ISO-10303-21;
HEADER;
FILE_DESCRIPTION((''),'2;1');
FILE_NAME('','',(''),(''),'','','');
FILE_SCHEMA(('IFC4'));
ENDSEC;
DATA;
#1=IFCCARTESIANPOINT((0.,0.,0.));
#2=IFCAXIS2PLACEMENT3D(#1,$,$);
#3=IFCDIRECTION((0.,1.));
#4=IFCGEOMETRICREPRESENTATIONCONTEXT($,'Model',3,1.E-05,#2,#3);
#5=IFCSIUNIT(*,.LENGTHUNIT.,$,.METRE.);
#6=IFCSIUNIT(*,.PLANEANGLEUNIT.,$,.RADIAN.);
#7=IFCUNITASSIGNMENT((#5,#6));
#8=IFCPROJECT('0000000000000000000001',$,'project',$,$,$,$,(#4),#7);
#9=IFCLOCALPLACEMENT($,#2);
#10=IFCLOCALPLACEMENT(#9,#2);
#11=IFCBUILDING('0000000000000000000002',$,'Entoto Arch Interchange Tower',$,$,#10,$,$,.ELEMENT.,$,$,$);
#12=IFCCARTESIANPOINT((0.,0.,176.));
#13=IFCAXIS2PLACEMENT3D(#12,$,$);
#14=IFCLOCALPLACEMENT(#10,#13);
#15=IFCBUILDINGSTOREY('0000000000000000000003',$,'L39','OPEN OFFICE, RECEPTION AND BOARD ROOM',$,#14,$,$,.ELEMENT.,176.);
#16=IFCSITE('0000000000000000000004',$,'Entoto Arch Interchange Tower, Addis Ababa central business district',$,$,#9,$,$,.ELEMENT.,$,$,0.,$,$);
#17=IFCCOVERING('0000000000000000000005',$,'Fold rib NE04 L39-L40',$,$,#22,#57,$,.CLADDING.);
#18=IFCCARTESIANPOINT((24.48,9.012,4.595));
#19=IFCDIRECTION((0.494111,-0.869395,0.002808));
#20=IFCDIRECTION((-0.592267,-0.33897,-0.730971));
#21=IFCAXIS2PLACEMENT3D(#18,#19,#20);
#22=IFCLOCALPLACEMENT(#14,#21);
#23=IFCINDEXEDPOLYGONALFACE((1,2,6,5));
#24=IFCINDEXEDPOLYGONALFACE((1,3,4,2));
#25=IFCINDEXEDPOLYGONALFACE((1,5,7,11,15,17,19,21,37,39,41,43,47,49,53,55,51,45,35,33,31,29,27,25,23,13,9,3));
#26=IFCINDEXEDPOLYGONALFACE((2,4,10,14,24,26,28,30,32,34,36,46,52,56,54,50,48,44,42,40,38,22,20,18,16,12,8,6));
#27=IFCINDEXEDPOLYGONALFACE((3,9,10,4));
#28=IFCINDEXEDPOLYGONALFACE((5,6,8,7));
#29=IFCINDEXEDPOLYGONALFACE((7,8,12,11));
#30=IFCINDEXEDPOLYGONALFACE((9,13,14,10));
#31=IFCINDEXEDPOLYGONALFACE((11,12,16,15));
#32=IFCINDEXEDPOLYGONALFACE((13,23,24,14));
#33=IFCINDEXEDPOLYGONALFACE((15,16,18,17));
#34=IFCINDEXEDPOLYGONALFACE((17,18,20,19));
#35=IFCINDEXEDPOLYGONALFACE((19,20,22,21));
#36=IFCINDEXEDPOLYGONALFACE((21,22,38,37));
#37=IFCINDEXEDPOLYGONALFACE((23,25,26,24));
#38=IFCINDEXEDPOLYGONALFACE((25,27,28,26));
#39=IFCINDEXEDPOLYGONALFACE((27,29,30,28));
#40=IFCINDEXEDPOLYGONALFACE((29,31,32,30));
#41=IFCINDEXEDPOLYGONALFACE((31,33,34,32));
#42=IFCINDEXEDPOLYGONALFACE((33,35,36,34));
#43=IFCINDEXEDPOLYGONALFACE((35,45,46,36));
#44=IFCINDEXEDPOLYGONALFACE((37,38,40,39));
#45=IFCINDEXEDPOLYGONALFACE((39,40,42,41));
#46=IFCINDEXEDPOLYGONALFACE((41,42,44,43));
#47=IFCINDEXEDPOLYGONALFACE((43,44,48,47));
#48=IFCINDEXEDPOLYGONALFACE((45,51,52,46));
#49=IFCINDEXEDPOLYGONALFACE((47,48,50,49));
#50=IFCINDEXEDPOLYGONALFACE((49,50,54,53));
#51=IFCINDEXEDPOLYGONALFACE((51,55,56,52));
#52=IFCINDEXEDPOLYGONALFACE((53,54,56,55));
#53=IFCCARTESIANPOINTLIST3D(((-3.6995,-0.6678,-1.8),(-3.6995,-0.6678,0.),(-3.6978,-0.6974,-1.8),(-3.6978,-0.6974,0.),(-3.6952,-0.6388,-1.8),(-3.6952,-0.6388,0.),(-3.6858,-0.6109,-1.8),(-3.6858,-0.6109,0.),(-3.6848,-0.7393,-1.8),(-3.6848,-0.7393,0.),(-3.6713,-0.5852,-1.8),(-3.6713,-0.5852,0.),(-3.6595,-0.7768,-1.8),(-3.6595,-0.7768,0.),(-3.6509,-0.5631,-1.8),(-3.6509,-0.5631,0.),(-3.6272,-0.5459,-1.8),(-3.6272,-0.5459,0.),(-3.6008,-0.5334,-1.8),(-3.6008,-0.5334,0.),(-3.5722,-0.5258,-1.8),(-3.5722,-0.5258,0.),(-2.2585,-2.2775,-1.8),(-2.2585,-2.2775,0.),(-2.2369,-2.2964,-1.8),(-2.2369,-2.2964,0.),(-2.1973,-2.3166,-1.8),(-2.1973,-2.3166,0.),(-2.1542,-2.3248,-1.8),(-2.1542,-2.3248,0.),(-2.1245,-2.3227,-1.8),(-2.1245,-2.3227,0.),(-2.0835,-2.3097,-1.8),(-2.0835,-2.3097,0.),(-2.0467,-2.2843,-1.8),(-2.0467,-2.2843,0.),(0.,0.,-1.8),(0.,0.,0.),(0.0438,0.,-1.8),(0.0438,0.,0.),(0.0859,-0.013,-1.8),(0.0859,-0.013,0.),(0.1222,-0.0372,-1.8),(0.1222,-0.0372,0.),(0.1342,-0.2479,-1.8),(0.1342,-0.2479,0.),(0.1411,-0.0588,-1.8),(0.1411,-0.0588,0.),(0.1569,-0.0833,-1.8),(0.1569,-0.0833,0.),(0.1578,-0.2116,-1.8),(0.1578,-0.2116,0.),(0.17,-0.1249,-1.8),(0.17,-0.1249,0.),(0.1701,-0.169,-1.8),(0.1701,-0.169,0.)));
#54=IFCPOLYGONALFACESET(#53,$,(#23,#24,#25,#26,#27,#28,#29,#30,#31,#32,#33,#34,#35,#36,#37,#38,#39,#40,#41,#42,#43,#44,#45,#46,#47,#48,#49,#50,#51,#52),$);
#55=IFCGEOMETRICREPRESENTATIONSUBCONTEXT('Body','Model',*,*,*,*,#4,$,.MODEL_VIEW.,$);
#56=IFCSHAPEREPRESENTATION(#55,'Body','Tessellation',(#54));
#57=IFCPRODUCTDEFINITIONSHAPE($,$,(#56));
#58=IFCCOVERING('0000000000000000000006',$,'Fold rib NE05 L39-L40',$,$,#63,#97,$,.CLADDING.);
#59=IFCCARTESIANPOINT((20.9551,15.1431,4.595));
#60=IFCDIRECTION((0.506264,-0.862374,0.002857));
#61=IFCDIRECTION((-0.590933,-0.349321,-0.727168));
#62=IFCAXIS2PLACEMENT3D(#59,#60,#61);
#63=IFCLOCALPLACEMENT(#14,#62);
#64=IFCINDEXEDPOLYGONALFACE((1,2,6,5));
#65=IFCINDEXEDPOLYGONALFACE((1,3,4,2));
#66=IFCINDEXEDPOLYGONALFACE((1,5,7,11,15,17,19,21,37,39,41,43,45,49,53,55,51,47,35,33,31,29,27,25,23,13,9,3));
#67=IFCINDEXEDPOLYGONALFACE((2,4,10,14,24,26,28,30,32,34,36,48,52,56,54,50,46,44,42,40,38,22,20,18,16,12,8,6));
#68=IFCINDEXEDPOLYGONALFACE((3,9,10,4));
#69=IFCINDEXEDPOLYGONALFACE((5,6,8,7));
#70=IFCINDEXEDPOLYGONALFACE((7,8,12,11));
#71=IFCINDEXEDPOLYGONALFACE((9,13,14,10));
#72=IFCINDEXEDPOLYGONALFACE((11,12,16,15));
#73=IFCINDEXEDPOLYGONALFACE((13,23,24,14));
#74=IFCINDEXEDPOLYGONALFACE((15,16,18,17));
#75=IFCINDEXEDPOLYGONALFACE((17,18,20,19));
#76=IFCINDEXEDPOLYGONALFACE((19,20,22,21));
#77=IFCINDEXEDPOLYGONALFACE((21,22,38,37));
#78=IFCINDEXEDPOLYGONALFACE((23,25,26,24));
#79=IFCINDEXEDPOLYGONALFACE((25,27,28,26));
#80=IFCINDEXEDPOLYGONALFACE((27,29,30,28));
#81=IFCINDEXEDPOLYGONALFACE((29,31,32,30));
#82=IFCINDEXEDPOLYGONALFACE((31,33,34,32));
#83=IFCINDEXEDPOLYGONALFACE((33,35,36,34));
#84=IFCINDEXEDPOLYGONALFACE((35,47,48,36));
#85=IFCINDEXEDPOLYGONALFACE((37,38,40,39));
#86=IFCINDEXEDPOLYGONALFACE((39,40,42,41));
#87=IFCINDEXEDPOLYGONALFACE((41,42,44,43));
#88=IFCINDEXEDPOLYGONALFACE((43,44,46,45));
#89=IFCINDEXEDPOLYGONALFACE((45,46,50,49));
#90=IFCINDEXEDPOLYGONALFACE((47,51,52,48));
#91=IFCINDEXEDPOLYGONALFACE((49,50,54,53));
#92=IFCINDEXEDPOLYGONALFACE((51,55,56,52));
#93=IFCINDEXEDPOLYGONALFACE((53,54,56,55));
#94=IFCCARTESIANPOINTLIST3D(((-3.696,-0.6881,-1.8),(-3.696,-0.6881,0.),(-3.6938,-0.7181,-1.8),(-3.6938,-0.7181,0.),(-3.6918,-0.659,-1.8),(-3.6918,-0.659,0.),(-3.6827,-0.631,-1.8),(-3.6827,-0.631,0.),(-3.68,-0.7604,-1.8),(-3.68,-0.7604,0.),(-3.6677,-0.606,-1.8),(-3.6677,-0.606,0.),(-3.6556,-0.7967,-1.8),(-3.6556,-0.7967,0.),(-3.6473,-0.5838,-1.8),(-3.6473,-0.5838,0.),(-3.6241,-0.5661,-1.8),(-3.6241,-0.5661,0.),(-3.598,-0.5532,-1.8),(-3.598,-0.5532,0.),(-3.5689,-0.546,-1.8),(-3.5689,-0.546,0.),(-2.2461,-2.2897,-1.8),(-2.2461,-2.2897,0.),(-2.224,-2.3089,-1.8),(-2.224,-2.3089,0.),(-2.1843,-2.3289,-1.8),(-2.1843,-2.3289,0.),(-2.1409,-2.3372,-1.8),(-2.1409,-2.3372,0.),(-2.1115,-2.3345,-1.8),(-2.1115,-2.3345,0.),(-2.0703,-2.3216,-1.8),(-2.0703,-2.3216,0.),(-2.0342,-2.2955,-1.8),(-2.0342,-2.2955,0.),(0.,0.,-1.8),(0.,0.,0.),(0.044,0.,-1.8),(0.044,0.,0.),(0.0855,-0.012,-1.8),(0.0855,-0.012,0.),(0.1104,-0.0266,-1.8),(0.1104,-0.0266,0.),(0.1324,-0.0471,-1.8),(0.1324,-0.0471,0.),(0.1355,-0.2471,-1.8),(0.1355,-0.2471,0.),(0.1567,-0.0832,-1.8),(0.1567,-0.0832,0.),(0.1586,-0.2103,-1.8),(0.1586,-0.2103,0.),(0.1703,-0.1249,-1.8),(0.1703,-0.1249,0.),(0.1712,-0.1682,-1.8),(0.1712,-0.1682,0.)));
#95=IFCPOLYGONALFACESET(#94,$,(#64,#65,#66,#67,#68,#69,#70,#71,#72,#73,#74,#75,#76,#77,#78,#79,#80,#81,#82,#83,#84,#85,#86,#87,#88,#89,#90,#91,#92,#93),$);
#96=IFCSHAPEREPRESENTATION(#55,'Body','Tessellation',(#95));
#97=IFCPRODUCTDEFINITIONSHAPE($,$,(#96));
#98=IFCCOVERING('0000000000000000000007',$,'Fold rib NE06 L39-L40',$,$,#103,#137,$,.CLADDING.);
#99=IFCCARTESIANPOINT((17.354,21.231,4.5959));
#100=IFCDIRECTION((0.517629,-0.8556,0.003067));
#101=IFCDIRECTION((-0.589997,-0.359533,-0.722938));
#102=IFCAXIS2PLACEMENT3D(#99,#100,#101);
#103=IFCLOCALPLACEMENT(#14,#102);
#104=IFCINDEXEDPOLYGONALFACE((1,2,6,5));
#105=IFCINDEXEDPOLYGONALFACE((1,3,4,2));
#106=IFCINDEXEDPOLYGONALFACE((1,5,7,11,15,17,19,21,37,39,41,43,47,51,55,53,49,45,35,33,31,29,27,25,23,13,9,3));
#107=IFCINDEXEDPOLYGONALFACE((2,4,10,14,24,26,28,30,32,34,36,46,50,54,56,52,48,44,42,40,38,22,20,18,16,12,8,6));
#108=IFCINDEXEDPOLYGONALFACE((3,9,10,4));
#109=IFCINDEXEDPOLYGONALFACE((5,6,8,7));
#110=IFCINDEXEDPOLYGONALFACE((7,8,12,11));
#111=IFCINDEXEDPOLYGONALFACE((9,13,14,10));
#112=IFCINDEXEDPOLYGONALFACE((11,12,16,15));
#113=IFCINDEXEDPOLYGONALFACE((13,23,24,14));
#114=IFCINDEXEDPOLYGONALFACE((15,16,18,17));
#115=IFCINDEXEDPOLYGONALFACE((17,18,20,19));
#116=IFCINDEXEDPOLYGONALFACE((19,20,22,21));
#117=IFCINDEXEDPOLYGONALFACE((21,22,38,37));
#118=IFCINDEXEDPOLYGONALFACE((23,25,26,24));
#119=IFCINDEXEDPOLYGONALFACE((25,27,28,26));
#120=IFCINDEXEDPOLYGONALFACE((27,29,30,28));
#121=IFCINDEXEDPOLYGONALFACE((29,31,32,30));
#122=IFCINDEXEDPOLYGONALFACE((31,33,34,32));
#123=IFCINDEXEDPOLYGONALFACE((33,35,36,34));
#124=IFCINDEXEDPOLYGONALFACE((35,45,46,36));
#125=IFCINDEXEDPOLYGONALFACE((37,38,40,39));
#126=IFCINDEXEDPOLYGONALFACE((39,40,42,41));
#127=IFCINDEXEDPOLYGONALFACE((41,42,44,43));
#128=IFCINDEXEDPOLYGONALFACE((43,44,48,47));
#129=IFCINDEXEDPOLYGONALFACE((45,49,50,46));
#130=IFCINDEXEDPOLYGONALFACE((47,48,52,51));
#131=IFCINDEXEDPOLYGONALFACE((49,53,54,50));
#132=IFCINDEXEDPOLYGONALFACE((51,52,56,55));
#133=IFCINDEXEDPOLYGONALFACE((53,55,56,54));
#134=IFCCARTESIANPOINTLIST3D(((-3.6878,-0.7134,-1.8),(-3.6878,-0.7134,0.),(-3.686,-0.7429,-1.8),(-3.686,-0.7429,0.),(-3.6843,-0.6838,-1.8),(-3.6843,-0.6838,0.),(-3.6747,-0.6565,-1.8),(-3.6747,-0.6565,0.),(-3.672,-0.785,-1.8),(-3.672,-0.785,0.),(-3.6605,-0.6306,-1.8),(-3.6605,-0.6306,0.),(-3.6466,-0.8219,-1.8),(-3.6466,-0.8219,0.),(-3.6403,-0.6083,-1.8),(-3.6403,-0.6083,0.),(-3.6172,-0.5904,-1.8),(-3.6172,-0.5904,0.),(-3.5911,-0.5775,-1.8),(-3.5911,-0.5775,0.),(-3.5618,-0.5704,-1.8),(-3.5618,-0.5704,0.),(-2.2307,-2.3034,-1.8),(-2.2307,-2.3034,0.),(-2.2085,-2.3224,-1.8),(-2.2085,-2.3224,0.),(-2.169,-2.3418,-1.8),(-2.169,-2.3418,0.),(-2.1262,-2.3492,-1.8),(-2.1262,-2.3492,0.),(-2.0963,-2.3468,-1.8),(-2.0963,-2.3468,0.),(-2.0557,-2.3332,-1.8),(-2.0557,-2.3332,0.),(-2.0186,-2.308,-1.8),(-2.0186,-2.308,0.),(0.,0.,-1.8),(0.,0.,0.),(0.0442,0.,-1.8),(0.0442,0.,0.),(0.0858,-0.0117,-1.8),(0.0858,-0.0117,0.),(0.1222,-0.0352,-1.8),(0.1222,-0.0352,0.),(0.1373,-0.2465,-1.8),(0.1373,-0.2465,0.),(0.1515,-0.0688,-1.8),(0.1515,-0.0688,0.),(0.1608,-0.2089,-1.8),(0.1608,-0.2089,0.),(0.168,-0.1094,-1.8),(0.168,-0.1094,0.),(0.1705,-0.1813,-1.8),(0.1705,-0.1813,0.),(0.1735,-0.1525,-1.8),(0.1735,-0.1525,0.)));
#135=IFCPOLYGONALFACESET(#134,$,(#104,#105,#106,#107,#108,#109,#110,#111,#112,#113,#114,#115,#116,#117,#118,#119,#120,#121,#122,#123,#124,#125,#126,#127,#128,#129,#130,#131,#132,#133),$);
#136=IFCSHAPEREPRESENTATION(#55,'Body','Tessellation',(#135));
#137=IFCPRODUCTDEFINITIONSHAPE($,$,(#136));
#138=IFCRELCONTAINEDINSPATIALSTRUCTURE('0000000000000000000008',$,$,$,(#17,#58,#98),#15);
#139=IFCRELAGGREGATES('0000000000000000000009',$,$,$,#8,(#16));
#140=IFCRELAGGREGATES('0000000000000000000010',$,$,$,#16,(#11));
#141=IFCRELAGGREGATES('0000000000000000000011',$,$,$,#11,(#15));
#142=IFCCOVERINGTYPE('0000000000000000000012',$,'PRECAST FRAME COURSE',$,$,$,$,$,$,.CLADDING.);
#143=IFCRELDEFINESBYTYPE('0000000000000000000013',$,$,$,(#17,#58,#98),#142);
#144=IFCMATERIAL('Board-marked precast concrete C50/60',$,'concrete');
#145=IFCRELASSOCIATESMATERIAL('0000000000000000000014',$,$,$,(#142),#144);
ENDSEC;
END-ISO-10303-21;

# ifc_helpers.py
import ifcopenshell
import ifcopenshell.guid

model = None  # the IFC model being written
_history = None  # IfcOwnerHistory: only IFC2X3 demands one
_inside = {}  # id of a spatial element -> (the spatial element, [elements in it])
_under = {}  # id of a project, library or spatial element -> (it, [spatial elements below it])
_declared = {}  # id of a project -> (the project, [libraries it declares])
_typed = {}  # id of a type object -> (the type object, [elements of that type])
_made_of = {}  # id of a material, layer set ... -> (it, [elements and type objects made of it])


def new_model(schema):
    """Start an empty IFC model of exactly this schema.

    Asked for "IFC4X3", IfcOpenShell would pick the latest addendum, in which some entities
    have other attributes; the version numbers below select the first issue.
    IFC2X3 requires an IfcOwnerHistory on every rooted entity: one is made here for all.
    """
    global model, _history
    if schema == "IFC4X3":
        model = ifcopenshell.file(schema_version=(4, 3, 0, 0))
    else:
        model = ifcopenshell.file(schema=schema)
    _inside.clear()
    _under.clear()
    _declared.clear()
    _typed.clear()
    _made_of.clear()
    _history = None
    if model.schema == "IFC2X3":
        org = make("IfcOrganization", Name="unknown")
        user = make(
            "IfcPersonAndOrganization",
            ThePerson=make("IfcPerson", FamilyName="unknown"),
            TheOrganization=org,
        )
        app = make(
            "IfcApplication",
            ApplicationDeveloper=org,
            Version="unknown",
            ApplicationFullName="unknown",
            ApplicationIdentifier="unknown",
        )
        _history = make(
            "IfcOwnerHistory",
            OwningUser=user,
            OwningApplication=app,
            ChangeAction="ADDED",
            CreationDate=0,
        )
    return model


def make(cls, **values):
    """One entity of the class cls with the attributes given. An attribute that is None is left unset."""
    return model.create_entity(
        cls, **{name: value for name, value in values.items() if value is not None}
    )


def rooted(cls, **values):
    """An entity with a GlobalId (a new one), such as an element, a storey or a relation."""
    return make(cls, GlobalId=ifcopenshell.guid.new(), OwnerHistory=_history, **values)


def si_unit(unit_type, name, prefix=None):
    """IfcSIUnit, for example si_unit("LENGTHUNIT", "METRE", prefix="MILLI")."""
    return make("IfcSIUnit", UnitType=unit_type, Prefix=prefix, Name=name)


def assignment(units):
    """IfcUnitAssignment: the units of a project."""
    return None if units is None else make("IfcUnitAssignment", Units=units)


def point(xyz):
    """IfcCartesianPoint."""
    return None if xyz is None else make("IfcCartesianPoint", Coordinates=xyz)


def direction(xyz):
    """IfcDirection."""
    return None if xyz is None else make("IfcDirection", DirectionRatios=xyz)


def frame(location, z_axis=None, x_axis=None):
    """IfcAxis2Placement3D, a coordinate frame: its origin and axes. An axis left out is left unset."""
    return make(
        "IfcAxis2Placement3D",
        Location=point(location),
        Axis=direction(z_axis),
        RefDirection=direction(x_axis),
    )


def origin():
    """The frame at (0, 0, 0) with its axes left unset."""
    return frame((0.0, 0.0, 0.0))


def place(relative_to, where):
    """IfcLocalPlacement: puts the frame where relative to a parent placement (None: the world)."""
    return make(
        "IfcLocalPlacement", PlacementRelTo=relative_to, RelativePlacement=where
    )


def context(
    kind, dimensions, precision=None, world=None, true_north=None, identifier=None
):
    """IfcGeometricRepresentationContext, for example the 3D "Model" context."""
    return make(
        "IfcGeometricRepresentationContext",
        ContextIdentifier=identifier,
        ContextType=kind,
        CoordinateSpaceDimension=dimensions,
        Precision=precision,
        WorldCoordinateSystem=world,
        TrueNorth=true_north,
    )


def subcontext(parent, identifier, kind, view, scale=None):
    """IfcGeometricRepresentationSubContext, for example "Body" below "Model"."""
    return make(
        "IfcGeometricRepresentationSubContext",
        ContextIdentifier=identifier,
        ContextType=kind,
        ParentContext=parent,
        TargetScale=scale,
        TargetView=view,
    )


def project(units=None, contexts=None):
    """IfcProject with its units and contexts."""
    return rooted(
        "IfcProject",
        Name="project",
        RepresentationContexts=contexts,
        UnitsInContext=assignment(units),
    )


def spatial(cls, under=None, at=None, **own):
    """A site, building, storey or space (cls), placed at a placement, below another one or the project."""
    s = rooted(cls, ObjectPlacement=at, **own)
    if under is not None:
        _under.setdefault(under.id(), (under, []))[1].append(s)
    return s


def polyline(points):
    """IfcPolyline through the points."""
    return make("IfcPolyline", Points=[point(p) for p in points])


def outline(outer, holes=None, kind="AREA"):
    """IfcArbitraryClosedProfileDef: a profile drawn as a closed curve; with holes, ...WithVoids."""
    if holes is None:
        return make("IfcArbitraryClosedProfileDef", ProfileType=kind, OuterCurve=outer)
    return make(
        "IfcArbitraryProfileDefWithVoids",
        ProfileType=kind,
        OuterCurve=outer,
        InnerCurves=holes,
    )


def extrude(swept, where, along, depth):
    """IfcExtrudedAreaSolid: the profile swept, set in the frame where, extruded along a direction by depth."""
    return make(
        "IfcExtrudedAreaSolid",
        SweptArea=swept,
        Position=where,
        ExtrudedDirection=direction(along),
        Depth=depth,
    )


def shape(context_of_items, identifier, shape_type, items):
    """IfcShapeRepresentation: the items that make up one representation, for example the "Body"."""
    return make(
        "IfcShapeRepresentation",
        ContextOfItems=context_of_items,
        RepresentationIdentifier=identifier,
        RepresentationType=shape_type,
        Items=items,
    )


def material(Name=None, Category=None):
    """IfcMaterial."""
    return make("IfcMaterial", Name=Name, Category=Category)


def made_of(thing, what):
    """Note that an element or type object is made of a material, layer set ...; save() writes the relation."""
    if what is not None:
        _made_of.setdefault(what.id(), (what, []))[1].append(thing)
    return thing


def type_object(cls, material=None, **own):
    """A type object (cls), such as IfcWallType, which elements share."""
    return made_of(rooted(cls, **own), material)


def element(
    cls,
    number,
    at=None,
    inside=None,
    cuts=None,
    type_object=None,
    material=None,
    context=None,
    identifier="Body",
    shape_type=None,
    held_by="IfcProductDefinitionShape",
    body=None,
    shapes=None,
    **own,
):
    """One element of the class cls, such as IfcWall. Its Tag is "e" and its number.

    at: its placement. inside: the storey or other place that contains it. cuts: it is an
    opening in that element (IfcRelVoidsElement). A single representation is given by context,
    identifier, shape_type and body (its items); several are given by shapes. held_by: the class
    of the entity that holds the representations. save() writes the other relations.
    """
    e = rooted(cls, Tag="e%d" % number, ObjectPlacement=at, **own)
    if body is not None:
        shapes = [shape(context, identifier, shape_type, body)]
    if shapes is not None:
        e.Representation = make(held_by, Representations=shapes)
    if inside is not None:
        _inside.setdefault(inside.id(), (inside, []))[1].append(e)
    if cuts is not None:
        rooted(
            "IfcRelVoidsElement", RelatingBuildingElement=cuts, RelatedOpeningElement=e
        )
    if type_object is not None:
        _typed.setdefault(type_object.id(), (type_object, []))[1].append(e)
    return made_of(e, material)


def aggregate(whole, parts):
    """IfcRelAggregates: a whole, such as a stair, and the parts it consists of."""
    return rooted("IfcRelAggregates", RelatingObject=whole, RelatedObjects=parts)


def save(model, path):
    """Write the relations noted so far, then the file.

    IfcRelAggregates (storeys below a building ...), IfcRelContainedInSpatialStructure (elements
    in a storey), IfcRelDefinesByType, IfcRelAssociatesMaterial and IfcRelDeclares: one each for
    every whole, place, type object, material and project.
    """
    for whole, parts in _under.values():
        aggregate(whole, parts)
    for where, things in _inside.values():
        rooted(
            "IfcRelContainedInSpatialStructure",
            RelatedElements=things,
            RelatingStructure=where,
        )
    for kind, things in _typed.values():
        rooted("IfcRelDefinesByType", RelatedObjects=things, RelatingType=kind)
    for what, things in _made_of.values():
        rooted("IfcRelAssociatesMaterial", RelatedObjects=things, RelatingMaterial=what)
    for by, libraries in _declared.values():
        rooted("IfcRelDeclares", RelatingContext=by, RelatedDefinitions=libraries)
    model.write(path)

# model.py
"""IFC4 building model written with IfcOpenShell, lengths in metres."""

from ifc_helpers import new_model, si_unit, direction, frame, origin, place, context, subcontext, project, spatial, polyline, outline, extrude, material, type_object, element, save


model = new_model("IFC4")

# Units and contexts
model_context = context("Model", 3, precision=1e-05, world=origin(), true_north=direction((0.0, 1.0)))
body_context = subcontext(model_context, "Body", "Model", "MODEL_VIEW")
ifc_project = project(units=[si_unit("LENGTHUNIT", "METRE"), si_unit("PLANEANGLEUNIT", "RADIAN")], contexts=[model_context])

# Site, building, storey
site_placement = place(None, origin())
site = spatial("IfcSite", under=ifc_project, at=site_placement, Name="Entoto Arch Interchange Tower, Addis Ababa central business district", CompositionType="ELEMENT", RefElevation=0.0)
building_placement = place(site_placement, origin())
building = spatial("IfcBuilding", under=site, at=building_placement, Name="Entoto Arch Interchange Tower", CompositionType="ELEMENT")
storey_placement = place(building_placement, frame((0.0, 0.0, 176.0)))
storey = spatial("IfcBuildingStorey", under=building, at=storey_placement, Name="L39", Description="OPEN OFFICE, RECEPTION AND BOARD ROOM", CompositionType="ELEMENT", Elevation=176.0)

# Coverings
ifc_material_1 = material(Name="Board-marked precast concrete C50/60", Category="concrete")
covering_type = type_object("IfcCoveringType", Name="PRECAST FRAME COURSE", PredefinedType="CLADDING", material=ifc_material_1)
covering_1_placement = place(storey_placement, frame((24.48, 9.012, 4.595), z_axis=(0.494111, -0.869395, 0.002808), x_axis=(-0.592267, -0.33897, -0.730971)))
element("IfcCovering", 1, at=covering_1_placement, inside=storey, type_object=covering_type, Name="Fold rib NE04 L39-L40", PredefinedType="CLADDING", context=body_context, shape_type="SweptSolid", body=[
    extrude(outline(polyline([(0.0, 0.0), (0.0438, 0.0), (0.0859, -0.013), (0.1222, -0.0372), (0.1411, -0.0588), (0.1569, -0.0833), (0.17, -0.1249), (0.1701, -0.169), (0.1578, -0.2116), (0.1342, -0.2479), (-2.0467, -2.2843), (-2.0835, -2.3097), (-2.1245, -2.3227), (-2.1542, -2.3248), (-2.1973, -2.3166), (-2.2369, -2.2964), (-2.2585, -2.2775), (-3.6595, -0.7768), (-3.6848, -0.7393), (-3.6978, -0.6974), (-3.6995, -0.6678), (-3.6952, -0.6388), (-3.6858, -0.6109), (-3.6713, -0.5852), (-3.6509, -0.5631), (-3.6272, -0.5459), (-3.6008, -0.5334), (-3.5722, -0.5258), (0.0, 0.0)])), origin(), (0.0, 0.0, -1.0), 1.8),
])
covering_2_placement = place(storey_placement, frame((20.9551, 15.1431, 4.595), z_axis=(0.506264, -0.862374, 0.002857), x_axis=(-0.590933, -0.349321, -0.727168)))
element("IfcCovering", 2, at=covering_2_placement, inside=storey, type_object=covering_type, Name="Fold rib NE05 L39-L40", PredefinedType="CLADDING", context=body_context, shape_type="SweptSolid", body=[
    extrude(outline(polyline([(0.0, 0.0), (0.044, 0.0), (0.0855, -0.012), (0.1104, -0.0266), (0.1324, -0.0471), (0.1567, -0.0832), (0.1703, -0.1249), (0.1712, -0.1682), (0.1586, -0.2103), (0.1355, -0.2471), (-2.0342, -2.2955), (-2.0703, -2.3216), (-2.1115, -2.3345), (-2.1409, -2.3372), (-2.1843, -2.3289), (-2.224, -2.3089), (-2.2461, -2.2897), (-3.6556, -0.7967), (-3.68, -0.7604), (-3.6938, -0.7181), (-3.696, -0.6881), (-3.6918, -0.659), (-3.6827, -0.631), (-3.6677, -0.606), (-3.6473, -0.5838), (-3.6241, -0.5661), (-3.598, -0.5532), (-3.5689, -0.546), (0.0, 0.0)])), origin(), (0.0, 0.0, -1.0), 1.8),
])
covering_3_placement = place(storey_placement, frame((17.354, 21.231, 4.5959), z_axis=(0.517629, -0.8556, 0.003067), x_axis=(-0.589997, -0.359533, -0.722938)))
element("IfcCovering", 3, at=covering_3_placement, inside=storey, type_object=covering_type, Name="Fold rib NE06 L39-L40", PredefinedType="CLADDING", context=body_context, shape_type="SweptSolid", body=[
    extrude(outline(polyline([(0.0, 0.0), (0.0442, 0.0), (0.0858, -0.0117), (0.1222, -0.0352), (0.1515, -0.0688), (0.168, -0.1094), (0.1735, -0.1525), (0.1705, -0.1813), (0.1608, -0.2089), (0.1373, -0.2465), (-2.0186, -2.308), (-2.0557, -2.3332), (-2.0963, -2.3468), (-2.1262, -2.3492), (-2.169, -2.3418), (-2.2085, -2.3224), (-2.2307, -2.3034), (-3.6466, -0.8219), (-3.672, -0.785), (-3.686, -0.7429), (-3.6878, -0.7134), (-3.6843, -0.6838), (-3.6747, -0.6565), (-3.6605, -0.6306), (-3.6403, -0.6083), (-3.6172, -0.5904), (-3.5911, -0.5775), (-3.5618, -0.5704), (0.0, 0.0)])), origin(), (0.0, 0.0, -1.0), 1.8),
])

save(model, "model.ifc")
